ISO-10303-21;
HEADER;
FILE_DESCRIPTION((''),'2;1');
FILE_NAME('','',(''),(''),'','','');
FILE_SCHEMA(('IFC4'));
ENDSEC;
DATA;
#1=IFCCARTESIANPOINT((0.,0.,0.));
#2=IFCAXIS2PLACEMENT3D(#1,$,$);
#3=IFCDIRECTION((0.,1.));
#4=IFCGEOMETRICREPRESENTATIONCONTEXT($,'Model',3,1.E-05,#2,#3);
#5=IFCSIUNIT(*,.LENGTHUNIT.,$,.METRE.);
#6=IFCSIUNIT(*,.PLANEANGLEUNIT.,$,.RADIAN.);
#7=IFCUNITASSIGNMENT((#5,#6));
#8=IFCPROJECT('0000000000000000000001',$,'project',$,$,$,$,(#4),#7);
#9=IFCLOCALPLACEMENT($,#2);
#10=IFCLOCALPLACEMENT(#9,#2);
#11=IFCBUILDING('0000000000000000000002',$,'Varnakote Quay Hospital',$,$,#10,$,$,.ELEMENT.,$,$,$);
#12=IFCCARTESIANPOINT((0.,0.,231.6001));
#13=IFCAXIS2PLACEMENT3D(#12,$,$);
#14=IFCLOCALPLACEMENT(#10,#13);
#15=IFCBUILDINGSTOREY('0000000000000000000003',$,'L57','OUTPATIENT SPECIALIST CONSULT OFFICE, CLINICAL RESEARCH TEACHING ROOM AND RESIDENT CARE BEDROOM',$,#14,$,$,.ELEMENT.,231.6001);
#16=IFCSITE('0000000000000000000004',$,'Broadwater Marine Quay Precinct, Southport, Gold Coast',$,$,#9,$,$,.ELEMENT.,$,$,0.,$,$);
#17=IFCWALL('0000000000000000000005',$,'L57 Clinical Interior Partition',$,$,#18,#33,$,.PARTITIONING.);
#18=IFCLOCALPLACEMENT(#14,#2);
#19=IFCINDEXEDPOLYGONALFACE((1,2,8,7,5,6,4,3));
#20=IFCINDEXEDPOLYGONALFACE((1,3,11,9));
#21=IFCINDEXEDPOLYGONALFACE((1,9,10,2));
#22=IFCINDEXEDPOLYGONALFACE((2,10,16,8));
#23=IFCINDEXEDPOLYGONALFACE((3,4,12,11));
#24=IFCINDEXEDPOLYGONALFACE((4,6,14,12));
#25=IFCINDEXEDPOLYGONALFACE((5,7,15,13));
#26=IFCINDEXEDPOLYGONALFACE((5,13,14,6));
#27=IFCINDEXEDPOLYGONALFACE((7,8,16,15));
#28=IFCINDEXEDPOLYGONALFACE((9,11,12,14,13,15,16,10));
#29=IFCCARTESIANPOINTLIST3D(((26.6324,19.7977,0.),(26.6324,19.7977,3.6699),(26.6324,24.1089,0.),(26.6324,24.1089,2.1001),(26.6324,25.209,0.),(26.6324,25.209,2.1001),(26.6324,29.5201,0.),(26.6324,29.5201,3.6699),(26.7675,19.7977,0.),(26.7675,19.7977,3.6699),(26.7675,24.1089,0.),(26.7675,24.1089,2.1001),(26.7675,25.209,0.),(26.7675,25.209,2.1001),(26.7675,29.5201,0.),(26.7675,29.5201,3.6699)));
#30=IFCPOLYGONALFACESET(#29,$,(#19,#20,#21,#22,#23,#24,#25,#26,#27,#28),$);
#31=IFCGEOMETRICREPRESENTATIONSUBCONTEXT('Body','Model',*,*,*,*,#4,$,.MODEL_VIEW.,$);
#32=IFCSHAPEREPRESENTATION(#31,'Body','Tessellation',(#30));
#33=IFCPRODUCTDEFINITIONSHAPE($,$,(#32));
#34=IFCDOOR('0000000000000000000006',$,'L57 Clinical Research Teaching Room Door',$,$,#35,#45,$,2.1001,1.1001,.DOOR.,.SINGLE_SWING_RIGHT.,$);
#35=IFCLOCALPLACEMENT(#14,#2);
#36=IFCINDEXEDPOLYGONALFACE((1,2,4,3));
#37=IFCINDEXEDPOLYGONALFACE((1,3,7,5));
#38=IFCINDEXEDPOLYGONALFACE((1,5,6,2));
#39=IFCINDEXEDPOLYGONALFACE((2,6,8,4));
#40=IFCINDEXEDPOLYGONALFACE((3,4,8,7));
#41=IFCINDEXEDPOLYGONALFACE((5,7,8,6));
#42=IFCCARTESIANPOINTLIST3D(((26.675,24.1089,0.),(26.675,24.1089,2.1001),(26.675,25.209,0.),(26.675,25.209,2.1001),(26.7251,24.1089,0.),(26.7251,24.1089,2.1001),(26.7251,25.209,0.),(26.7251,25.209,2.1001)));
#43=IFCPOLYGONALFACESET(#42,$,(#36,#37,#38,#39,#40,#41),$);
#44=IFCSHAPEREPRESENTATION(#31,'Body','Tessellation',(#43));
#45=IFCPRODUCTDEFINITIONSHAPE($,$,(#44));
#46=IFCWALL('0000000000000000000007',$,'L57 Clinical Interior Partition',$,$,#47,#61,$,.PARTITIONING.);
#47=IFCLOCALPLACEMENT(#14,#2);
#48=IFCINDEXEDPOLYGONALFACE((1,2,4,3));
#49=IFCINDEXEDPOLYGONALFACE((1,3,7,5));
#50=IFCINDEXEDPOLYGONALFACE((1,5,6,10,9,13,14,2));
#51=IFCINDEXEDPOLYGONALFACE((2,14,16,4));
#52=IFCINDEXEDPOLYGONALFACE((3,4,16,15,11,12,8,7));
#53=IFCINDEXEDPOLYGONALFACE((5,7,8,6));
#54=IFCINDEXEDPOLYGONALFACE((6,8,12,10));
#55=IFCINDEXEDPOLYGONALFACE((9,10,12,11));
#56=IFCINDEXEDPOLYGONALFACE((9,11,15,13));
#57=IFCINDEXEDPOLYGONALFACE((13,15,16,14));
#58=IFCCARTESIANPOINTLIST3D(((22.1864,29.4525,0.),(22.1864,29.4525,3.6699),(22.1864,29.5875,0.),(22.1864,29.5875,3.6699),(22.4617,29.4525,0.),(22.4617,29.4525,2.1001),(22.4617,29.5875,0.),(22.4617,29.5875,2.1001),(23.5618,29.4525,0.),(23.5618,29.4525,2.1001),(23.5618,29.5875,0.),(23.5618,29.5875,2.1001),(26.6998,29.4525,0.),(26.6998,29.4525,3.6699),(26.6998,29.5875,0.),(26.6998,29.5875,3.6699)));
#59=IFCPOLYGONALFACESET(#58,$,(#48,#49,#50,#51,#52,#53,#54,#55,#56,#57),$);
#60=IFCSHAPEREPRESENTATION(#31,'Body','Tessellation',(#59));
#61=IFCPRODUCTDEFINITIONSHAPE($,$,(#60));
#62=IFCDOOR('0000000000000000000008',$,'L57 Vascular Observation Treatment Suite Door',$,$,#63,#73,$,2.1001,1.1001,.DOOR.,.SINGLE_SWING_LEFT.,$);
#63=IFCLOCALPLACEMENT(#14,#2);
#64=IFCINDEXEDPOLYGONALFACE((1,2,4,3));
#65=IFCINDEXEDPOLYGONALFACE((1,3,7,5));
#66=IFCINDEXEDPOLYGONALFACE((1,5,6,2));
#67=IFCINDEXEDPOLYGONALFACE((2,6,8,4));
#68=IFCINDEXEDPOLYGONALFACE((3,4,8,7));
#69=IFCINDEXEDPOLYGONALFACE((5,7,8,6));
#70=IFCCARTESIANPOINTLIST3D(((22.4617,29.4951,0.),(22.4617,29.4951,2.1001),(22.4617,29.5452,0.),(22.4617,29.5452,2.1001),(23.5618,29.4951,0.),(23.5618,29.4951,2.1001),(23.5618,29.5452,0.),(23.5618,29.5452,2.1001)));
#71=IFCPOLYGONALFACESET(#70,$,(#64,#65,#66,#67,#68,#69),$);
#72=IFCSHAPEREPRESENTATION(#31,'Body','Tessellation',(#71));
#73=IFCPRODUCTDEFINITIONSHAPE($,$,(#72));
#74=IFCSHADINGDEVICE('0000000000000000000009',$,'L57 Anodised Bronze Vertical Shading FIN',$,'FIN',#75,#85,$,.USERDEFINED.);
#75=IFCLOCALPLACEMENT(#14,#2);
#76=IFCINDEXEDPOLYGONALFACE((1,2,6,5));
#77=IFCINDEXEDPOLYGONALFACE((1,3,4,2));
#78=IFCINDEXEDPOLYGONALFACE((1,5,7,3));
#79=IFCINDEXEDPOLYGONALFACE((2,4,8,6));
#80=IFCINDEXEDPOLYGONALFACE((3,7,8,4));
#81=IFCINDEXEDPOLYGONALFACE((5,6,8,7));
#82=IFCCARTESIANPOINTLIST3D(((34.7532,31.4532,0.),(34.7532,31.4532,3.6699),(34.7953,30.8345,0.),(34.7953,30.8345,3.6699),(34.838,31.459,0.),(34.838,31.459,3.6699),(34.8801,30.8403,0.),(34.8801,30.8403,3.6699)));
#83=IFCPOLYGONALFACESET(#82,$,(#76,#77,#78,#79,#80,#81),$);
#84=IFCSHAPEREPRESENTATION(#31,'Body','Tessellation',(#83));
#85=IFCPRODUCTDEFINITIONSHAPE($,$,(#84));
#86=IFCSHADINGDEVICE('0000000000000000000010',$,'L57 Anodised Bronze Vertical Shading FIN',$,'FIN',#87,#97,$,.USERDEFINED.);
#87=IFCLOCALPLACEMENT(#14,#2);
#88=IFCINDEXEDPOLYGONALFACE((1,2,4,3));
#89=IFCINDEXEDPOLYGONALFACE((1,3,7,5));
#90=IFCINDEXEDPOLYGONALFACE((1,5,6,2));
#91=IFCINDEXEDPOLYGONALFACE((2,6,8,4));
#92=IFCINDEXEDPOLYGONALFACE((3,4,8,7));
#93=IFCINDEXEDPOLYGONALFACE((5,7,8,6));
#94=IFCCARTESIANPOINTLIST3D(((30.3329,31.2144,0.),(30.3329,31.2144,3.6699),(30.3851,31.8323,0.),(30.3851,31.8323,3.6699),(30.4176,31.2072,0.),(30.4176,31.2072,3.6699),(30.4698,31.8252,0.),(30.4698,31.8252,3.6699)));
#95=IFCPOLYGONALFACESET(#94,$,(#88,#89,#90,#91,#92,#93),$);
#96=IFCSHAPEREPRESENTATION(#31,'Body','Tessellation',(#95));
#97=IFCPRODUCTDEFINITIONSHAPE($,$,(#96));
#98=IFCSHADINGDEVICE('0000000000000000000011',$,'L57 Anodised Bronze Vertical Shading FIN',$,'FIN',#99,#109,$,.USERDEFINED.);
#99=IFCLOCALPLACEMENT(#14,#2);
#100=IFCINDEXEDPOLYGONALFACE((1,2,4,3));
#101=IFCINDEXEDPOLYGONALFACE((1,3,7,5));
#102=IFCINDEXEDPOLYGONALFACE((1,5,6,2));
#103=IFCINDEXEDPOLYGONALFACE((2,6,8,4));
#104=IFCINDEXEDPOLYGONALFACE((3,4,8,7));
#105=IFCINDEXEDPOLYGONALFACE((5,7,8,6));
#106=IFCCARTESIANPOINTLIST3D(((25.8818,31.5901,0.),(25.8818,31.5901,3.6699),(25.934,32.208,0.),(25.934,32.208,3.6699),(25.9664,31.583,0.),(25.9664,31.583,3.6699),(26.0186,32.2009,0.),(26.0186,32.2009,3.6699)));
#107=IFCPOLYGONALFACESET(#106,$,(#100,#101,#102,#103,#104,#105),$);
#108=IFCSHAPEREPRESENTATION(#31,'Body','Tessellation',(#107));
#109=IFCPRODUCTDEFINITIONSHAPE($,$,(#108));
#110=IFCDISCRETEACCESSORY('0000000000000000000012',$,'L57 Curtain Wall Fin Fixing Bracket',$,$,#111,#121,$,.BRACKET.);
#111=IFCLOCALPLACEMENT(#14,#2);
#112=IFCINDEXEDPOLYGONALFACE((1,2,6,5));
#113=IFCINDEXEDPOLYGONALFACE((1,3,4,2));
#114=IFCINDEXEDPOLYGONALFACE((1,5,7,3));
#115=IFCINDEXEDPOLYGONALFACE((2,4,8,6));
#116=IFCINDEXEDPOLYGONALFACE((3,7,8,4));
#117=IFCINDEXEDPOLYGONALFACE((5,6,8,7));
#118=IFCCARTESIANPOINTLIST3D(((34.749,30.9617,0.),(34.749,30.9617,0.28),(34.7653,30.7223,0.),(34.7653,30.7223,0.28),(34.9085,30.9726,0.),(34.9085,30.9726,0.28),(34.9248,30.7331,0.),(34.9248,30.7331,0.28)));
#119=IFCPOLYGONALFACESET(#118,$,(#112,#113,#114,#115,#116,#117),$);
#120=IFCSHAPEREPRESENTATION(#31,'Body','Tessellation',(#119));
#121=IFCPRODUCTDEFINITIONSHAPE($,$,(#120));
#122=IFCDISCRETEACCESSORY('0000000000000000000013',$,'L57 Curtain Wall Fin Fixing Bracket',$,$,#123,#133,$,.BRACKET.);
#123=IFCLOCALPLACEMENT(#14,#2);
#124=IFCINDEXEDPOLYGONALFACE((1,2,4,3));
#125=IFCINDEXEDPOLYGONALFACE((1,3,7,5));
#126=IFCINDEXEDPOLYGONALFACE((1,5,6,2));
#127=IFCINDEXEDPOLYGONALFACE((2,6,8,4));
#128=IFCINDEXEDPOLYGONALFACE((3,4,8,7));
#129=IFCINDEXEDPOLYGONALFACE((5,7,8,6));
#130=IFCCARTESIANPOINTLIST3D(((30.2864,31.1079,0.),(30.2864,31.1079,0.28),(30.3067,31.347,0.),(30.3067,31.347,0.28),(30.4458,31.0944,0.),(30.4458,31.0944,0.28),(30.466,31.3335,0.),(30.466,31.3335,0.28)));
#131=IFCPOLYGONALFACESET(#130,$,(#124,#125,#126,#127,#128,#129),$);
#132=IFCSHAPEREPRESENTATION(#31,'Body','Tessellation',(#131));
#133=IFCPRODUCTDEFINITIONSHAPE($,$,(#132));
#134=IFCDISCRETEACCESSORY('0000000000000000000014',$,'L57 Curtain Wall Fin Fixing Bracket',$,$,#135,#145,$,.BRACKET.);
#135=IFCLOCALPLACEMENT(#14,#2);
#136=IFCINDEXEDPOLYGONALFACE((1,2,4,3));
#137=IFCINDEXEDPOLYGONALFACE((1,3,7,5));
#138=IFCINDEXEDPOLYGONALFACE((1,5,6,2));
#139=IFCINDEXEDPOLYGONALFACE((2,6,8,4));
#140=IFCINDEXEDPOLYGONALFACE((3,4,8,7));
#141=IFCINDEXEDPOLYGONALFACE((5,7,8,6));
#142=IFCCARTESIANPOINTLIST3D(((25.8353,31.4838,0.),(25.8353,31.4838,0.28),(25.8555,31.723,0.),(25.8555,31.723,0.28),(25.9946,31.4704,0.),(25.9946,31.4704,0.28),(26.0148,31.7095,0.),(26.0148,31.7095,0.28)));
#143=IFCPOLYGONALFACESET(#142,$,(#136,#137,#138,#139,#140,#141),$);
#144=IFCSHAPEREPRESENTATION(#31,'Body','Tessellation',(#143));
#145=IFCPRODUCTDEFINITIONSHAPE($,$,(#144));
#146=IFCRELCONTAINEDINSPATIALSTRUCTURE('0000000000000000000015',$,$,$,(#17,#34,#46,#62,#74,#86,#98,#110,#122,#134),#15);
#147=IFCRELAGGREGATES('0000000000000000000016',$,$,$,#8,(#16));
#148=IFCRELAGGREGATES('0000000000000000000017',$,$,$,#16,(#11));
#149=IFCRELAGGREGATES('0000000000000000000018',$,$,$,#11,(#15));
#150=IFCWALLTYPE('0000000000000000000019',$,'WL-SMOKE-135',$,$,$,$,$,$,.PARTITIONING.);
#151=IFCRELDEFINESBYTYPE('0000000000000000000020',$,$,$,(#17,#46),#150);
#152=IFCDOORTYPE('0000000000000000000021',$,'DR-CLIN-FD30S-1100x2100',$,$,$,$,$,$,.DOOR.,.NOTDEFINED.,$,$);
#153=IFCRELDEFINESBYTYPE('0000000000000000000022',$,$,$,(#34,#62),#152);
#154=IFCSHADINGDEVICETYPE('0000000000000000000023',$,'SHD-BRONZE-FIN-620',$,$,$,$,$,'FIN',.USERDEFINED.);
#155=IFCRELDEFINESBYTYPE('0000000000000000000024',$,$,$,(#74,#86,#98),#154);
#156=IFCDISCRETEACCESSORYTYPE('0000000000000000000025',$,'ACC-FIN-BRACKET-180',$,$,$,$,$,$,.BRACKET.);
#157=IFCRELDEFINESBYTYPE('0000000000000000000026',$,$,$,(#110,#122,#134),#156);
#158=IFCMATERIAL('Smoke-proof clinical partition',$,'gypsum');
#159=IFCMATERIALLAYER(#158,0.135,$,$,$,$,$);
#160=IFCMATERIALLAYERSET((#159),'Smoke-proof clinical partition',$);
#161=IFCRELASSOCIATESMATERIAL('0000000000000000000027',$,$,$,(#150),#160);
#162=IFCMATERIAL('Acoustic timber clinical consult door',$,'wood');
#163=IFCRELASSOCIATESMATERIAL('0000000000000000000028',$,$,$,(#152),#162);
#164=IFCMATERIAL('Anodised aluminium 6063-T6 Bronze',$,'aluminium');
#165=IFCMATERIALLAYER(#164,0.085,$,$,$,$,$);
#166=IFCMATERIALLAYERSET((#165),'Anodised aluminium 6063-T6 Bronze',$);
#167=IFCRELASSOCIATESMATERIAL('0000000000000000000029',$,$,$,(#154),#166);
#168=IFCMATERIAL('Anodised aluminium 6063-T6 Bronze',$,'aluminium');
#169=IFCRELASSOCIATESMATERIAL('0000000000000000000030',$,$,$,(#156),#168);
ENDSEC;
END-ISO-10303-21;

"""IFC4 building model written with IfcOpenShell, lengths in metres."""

from ifc_helpers import new_model, si_unit, direction, frame, frame_2d, origin, origin_2d, place, context, subcontext, project, spatial, rectangle, extrude, material, layer, layer_set, type_object, element, fill, save


model = new_model("IFC4")

# Units and contexts
model_context = context("Model", 3, precision=1e-05, world=origin(), true_north=direction((0.0, 1.0)))
body_context = subcontext(model_context, "Body", "Model", "MODEL_VIEW")
ifc_project = project(units=[si_unit("LENGTHUNIT", "METRE"), si_unit("PLANEANGLEUNIT", "RADIAN")], contexts=[model_context])

# Site, building, storey
site_placement = place(None, origin())
site = spatial("IfcSite", under=ifc_project, at=site_placement, Name="Broadwater Marine Quay Precinct, Southport, Gold Coast", CompositionType="ELEMENT", RefElevation=0.0)
building_placement = place(site_placement, origin())
building = spatial("IfcBuilding", under=site, at=building_placement, Name="Varnakote Quay Hospital", CompositionType="ELEMENT")
storey_placement = place(building_placement, frame((0.0, 0.0, 231.6001)))
storey = spatial("IfcBuildingStorey", under=building, at=storey_placement, Name="L57", Description="OUTPATIENT SPECIALIST CONSULT OFFICE, CLINICAL RESEARCH TEACHING ROOM AND RESIDENT CARE BEDROOM", CompositionType="ELEMENT", Elevation=231.6001)

# Walls, openings, doors
ifc_material_1 = material(Name="Smoke-proof clinical partition", Category="gypsum")
ifc_layer_1 = layer(ifc_material_1, 0.135)
ifc_layer_set_1 = layer_set([ifc_layer_1], Name="Smoke-proof clinical partition")
wall_type = type_object("IfcWallType", Name="WL-SMOKE-135", PredefinedType="PARTITIONING", material=ifc_layer_set_1)
wall_1_placement = place(storey_placement, frame((26.7, 19.7976, 0.0), z_axis=(0.0, 0.0, 1.0), x_axis=(0.0, 1.0, 0.0)))
wall_1 = element("IfcWall", 1, at=wall_1_placement, inside=storey, type_object=wall_type, Name="L57 Clinical Interior Partition", PredefinedType="PARTITIONING", context=body_context, shape_type="SweptSolid", body=[
    extrude(rectangle(XDim=9.7224, YDim=0.135, at=frame_2d((4.8613, 0.0))), origin(), (0.0, 0.0, 1.0), 3.6699),
])
opening_1_placement = place(wall_1_placement, frame((4.3113, 0.0, 0.0)))
opening_1 = element("IfcOpeningElement", 2, at=opening_1_placement, cuts=wall_1, PredefinedType="OPENING", context=body_context, shape_type="SweptSolid", body=[
    extrude(rectangle(XDim=1.1001, YDim=2.1001, at=frame_2d((0.55, 1.05))), frame((0.0, 0.0774, 0.0), z_axis=(0.0, -1.0, 0.0), x_axis=(1.0, 0.0, 0.0)), (0.0, 0.0, 1.0), 0.155),
])
ifc_material_2 = material(Name="Acoustic timber clinical consult door", Category="wood")
door_type = type_object("IfcDoorType", Name="DR-CLIN-FD30S-1100x2100", OperationType="NOTDEFINED", PredefinedType="DOOR", material=ifc_material_2)
door_1_placement = place(opening_1_placement, origin())
door_1 = element("IfcDoor", 3, at=door_1_placement, inside=storey, type_object=door_type, Name="L57 Clinical Research Teaching Room Door", OperationType="SINGLE_SWING_RIGHT", OverallHeight=2.1001, OverallWidth=1.1001, PredefinedType="DOOR", context=body_context, shape_type="SweptSolid", body=[
    extrude(rectangle(XDim=1.1001, YDim=2.1001, at=frame_2d((0.55, 1.05))), frame((0.0, 0.0249, 0.0), z_axis=(0.0, -1.0, 0.0), x_axis=(1.0, 0.0, 0.0)), (0.0, 0.0, 1.0), 0.05),
])
fill(opening_1, door_1)
wall_2_placement = place(storey_placement, frame((26.7, 29.52, 0.0), z_axis=(0.0, 0.0, 1.0), x_axis=(-1.0, 0.0, 0.0)))
wall_2 = element("IfcWall", 4, at=wall_2_placement, inside=storey, type_object=wall_type, Name="L57 Clinical Interior Partition", PredefinedType="PARTITIONING", context=body_context, shape_type="SweptSolid", body=[
    extrude(rectangle(XDim=4.5134, YDim=0.135, at=frame_2d((2.2568, 0.0))), origin(), (0.0, 0.0, 1.0), 3.6699),
])
opening_2_placement = place(wall_2_placement, frame((3.1382, 0.0, 0.0)))
opening_2 = element("IfcOpeningElement", 5, at=opening_2_placement, cuts=wall_2, PredefinedType="OPENING", context=body_context, shape_type="SweptSolid", body=[
    extrude(rectangle(XDim=1.1001, YDim=2.1001, at=frame_2d((0.55, 1.05))), frame((0.0, 0.0774, 0.0), z_axis=(0.0, -1.0, 0.0), x_axis=(1.0, 0.0, 0.0)), (0.0, 0.0, 1.0), 0.155),
])
door_2_placement = place(opening_2_placement, origin())
door_2 = element("IfcDoor", 6, at=door_2_placement, inside=storey, type_object=door_type, Name="L57 Vascular Observation Treatment Suite Door", OperationType="SINGLE_SWING_LEFT", OverallHeight=2.1001, OverallWidth=1.1001, PredefinedType="DOOR", context=body_context, shape_type="SweptSolid", body=[
    extrude(rectangle(XDim=1.1001, YDim=2.1001, at=frame_2d((0.55, 1.05))), frame((0.0, 0.0249, 0.0), z_axis=(0.0, -1.0, 0.0), x_axis=(1.0, 0.0, 0.0)), (0.0, 0.0, 1.0), 0.05),
])
fill(opening_2, door_2)

# Shading devices
ifc_material_3 = material(Name="Anodised aluminium 6063-T6 Bronze", Category="aluminium")
ifc_layer_2 = layer(ifc_material_3, 0.085)
ifc_layer_set_2 = layer_set([ifc_layer_2], Name="Anodised aluminium 6063-T6 Bronze")
shading_device_type = type_object("IfcShadingDeviceType", Name="SHD-BRONZE-FIN-620", ElementType="FIN", PredefinedType="USERDEFINED", material=ifc_layer_set_2)
for number, where, z_axis, x_axis, name in (
    (7, (34.8167, 31.1467, 0.0), (0.0, 0.0, 1.0), (0.067841, -0.997696, 0.0), "L57 Anodised Bronze Vertical Shading FIN"),
    (8, (30.4014, 31.5198, 0.0), (0.0, 0.0, 1.0), (-0.0842, -0.996449, 0.0), "L57 Anodised Bronze Vertical Shading FIN"),
    (9, (25.9502, 31.8955, 0.0), (0.0, 0.0, 1.0), (-0.0842, -0.996449, 0.0), "L57 Anodised Bronze Vertical Shading FIN"),
):
    element("IfcShadingDevice", number, at=place(storey_placement, frame(where, z_axis=z_axis, x_axis=x_axis)), inside=storey, type_object=shading_device_type, Name=name, ObjectType="FIN", PredefinedType="USERDEFINED", context=body_context, shape_type="SweptSolid", body=[
        extrude(rectangle(XDim=0.6201, YDim=0.085, at=origin_2d()), origin(), (0.0, 0.0, 1.0), 3.6699),
    ])

# Discrete accessories
ifc_material_4 = material(Name="Anodised aluminium 6063-T6 Bronze", Category="aluminium")
discrete_accessory_type = type_object("IfcDiscreteAccessoryType", Name="ACC-FIN-BRACKET-180", PredefinedType="BRACKET", material=ifc_material_4)
for number, where, z_axis, x_axis, name in (
    (10, (34.8369, 30.8474, 0.0), (0.0, 0.0, 1.0), (-0.997696, -0.067841, 0.0), "L57 Curtain Wall Fin Fixing Bracket"),
    (11, (30.3762, 31.2207, 0.0), (0.0, 0.0, 1.0), (-0.996449, 0.0842, 0.0), "L57 Curtain Wall Fin Fixing Bracket"),
    (12, (25.925, 31.5967, 0.0), (0.0, 0.0, 1.0), (-0.996449, 0.0842, 0.0), "L57 Curtain Wall Fin Fixing Bracket"),
):
    element("IfcDiscreteAccessory", number, at=place(storey_placement, frame(where, z_axis=z_axis, x_axis=x_axis)), inside=storey, type_object=discrete_accessory_type, Name=name, PredefinedType="BRACKET", context=body_context, shape_type="SweptSolid", body=[
        extrude(rectangle(XDim=0.1599, YDim=0.24, at=origin_2d()), origin(), (0.0, 0.0, 1.0), 0.28),
    ])

save(model, "model.ifc")
